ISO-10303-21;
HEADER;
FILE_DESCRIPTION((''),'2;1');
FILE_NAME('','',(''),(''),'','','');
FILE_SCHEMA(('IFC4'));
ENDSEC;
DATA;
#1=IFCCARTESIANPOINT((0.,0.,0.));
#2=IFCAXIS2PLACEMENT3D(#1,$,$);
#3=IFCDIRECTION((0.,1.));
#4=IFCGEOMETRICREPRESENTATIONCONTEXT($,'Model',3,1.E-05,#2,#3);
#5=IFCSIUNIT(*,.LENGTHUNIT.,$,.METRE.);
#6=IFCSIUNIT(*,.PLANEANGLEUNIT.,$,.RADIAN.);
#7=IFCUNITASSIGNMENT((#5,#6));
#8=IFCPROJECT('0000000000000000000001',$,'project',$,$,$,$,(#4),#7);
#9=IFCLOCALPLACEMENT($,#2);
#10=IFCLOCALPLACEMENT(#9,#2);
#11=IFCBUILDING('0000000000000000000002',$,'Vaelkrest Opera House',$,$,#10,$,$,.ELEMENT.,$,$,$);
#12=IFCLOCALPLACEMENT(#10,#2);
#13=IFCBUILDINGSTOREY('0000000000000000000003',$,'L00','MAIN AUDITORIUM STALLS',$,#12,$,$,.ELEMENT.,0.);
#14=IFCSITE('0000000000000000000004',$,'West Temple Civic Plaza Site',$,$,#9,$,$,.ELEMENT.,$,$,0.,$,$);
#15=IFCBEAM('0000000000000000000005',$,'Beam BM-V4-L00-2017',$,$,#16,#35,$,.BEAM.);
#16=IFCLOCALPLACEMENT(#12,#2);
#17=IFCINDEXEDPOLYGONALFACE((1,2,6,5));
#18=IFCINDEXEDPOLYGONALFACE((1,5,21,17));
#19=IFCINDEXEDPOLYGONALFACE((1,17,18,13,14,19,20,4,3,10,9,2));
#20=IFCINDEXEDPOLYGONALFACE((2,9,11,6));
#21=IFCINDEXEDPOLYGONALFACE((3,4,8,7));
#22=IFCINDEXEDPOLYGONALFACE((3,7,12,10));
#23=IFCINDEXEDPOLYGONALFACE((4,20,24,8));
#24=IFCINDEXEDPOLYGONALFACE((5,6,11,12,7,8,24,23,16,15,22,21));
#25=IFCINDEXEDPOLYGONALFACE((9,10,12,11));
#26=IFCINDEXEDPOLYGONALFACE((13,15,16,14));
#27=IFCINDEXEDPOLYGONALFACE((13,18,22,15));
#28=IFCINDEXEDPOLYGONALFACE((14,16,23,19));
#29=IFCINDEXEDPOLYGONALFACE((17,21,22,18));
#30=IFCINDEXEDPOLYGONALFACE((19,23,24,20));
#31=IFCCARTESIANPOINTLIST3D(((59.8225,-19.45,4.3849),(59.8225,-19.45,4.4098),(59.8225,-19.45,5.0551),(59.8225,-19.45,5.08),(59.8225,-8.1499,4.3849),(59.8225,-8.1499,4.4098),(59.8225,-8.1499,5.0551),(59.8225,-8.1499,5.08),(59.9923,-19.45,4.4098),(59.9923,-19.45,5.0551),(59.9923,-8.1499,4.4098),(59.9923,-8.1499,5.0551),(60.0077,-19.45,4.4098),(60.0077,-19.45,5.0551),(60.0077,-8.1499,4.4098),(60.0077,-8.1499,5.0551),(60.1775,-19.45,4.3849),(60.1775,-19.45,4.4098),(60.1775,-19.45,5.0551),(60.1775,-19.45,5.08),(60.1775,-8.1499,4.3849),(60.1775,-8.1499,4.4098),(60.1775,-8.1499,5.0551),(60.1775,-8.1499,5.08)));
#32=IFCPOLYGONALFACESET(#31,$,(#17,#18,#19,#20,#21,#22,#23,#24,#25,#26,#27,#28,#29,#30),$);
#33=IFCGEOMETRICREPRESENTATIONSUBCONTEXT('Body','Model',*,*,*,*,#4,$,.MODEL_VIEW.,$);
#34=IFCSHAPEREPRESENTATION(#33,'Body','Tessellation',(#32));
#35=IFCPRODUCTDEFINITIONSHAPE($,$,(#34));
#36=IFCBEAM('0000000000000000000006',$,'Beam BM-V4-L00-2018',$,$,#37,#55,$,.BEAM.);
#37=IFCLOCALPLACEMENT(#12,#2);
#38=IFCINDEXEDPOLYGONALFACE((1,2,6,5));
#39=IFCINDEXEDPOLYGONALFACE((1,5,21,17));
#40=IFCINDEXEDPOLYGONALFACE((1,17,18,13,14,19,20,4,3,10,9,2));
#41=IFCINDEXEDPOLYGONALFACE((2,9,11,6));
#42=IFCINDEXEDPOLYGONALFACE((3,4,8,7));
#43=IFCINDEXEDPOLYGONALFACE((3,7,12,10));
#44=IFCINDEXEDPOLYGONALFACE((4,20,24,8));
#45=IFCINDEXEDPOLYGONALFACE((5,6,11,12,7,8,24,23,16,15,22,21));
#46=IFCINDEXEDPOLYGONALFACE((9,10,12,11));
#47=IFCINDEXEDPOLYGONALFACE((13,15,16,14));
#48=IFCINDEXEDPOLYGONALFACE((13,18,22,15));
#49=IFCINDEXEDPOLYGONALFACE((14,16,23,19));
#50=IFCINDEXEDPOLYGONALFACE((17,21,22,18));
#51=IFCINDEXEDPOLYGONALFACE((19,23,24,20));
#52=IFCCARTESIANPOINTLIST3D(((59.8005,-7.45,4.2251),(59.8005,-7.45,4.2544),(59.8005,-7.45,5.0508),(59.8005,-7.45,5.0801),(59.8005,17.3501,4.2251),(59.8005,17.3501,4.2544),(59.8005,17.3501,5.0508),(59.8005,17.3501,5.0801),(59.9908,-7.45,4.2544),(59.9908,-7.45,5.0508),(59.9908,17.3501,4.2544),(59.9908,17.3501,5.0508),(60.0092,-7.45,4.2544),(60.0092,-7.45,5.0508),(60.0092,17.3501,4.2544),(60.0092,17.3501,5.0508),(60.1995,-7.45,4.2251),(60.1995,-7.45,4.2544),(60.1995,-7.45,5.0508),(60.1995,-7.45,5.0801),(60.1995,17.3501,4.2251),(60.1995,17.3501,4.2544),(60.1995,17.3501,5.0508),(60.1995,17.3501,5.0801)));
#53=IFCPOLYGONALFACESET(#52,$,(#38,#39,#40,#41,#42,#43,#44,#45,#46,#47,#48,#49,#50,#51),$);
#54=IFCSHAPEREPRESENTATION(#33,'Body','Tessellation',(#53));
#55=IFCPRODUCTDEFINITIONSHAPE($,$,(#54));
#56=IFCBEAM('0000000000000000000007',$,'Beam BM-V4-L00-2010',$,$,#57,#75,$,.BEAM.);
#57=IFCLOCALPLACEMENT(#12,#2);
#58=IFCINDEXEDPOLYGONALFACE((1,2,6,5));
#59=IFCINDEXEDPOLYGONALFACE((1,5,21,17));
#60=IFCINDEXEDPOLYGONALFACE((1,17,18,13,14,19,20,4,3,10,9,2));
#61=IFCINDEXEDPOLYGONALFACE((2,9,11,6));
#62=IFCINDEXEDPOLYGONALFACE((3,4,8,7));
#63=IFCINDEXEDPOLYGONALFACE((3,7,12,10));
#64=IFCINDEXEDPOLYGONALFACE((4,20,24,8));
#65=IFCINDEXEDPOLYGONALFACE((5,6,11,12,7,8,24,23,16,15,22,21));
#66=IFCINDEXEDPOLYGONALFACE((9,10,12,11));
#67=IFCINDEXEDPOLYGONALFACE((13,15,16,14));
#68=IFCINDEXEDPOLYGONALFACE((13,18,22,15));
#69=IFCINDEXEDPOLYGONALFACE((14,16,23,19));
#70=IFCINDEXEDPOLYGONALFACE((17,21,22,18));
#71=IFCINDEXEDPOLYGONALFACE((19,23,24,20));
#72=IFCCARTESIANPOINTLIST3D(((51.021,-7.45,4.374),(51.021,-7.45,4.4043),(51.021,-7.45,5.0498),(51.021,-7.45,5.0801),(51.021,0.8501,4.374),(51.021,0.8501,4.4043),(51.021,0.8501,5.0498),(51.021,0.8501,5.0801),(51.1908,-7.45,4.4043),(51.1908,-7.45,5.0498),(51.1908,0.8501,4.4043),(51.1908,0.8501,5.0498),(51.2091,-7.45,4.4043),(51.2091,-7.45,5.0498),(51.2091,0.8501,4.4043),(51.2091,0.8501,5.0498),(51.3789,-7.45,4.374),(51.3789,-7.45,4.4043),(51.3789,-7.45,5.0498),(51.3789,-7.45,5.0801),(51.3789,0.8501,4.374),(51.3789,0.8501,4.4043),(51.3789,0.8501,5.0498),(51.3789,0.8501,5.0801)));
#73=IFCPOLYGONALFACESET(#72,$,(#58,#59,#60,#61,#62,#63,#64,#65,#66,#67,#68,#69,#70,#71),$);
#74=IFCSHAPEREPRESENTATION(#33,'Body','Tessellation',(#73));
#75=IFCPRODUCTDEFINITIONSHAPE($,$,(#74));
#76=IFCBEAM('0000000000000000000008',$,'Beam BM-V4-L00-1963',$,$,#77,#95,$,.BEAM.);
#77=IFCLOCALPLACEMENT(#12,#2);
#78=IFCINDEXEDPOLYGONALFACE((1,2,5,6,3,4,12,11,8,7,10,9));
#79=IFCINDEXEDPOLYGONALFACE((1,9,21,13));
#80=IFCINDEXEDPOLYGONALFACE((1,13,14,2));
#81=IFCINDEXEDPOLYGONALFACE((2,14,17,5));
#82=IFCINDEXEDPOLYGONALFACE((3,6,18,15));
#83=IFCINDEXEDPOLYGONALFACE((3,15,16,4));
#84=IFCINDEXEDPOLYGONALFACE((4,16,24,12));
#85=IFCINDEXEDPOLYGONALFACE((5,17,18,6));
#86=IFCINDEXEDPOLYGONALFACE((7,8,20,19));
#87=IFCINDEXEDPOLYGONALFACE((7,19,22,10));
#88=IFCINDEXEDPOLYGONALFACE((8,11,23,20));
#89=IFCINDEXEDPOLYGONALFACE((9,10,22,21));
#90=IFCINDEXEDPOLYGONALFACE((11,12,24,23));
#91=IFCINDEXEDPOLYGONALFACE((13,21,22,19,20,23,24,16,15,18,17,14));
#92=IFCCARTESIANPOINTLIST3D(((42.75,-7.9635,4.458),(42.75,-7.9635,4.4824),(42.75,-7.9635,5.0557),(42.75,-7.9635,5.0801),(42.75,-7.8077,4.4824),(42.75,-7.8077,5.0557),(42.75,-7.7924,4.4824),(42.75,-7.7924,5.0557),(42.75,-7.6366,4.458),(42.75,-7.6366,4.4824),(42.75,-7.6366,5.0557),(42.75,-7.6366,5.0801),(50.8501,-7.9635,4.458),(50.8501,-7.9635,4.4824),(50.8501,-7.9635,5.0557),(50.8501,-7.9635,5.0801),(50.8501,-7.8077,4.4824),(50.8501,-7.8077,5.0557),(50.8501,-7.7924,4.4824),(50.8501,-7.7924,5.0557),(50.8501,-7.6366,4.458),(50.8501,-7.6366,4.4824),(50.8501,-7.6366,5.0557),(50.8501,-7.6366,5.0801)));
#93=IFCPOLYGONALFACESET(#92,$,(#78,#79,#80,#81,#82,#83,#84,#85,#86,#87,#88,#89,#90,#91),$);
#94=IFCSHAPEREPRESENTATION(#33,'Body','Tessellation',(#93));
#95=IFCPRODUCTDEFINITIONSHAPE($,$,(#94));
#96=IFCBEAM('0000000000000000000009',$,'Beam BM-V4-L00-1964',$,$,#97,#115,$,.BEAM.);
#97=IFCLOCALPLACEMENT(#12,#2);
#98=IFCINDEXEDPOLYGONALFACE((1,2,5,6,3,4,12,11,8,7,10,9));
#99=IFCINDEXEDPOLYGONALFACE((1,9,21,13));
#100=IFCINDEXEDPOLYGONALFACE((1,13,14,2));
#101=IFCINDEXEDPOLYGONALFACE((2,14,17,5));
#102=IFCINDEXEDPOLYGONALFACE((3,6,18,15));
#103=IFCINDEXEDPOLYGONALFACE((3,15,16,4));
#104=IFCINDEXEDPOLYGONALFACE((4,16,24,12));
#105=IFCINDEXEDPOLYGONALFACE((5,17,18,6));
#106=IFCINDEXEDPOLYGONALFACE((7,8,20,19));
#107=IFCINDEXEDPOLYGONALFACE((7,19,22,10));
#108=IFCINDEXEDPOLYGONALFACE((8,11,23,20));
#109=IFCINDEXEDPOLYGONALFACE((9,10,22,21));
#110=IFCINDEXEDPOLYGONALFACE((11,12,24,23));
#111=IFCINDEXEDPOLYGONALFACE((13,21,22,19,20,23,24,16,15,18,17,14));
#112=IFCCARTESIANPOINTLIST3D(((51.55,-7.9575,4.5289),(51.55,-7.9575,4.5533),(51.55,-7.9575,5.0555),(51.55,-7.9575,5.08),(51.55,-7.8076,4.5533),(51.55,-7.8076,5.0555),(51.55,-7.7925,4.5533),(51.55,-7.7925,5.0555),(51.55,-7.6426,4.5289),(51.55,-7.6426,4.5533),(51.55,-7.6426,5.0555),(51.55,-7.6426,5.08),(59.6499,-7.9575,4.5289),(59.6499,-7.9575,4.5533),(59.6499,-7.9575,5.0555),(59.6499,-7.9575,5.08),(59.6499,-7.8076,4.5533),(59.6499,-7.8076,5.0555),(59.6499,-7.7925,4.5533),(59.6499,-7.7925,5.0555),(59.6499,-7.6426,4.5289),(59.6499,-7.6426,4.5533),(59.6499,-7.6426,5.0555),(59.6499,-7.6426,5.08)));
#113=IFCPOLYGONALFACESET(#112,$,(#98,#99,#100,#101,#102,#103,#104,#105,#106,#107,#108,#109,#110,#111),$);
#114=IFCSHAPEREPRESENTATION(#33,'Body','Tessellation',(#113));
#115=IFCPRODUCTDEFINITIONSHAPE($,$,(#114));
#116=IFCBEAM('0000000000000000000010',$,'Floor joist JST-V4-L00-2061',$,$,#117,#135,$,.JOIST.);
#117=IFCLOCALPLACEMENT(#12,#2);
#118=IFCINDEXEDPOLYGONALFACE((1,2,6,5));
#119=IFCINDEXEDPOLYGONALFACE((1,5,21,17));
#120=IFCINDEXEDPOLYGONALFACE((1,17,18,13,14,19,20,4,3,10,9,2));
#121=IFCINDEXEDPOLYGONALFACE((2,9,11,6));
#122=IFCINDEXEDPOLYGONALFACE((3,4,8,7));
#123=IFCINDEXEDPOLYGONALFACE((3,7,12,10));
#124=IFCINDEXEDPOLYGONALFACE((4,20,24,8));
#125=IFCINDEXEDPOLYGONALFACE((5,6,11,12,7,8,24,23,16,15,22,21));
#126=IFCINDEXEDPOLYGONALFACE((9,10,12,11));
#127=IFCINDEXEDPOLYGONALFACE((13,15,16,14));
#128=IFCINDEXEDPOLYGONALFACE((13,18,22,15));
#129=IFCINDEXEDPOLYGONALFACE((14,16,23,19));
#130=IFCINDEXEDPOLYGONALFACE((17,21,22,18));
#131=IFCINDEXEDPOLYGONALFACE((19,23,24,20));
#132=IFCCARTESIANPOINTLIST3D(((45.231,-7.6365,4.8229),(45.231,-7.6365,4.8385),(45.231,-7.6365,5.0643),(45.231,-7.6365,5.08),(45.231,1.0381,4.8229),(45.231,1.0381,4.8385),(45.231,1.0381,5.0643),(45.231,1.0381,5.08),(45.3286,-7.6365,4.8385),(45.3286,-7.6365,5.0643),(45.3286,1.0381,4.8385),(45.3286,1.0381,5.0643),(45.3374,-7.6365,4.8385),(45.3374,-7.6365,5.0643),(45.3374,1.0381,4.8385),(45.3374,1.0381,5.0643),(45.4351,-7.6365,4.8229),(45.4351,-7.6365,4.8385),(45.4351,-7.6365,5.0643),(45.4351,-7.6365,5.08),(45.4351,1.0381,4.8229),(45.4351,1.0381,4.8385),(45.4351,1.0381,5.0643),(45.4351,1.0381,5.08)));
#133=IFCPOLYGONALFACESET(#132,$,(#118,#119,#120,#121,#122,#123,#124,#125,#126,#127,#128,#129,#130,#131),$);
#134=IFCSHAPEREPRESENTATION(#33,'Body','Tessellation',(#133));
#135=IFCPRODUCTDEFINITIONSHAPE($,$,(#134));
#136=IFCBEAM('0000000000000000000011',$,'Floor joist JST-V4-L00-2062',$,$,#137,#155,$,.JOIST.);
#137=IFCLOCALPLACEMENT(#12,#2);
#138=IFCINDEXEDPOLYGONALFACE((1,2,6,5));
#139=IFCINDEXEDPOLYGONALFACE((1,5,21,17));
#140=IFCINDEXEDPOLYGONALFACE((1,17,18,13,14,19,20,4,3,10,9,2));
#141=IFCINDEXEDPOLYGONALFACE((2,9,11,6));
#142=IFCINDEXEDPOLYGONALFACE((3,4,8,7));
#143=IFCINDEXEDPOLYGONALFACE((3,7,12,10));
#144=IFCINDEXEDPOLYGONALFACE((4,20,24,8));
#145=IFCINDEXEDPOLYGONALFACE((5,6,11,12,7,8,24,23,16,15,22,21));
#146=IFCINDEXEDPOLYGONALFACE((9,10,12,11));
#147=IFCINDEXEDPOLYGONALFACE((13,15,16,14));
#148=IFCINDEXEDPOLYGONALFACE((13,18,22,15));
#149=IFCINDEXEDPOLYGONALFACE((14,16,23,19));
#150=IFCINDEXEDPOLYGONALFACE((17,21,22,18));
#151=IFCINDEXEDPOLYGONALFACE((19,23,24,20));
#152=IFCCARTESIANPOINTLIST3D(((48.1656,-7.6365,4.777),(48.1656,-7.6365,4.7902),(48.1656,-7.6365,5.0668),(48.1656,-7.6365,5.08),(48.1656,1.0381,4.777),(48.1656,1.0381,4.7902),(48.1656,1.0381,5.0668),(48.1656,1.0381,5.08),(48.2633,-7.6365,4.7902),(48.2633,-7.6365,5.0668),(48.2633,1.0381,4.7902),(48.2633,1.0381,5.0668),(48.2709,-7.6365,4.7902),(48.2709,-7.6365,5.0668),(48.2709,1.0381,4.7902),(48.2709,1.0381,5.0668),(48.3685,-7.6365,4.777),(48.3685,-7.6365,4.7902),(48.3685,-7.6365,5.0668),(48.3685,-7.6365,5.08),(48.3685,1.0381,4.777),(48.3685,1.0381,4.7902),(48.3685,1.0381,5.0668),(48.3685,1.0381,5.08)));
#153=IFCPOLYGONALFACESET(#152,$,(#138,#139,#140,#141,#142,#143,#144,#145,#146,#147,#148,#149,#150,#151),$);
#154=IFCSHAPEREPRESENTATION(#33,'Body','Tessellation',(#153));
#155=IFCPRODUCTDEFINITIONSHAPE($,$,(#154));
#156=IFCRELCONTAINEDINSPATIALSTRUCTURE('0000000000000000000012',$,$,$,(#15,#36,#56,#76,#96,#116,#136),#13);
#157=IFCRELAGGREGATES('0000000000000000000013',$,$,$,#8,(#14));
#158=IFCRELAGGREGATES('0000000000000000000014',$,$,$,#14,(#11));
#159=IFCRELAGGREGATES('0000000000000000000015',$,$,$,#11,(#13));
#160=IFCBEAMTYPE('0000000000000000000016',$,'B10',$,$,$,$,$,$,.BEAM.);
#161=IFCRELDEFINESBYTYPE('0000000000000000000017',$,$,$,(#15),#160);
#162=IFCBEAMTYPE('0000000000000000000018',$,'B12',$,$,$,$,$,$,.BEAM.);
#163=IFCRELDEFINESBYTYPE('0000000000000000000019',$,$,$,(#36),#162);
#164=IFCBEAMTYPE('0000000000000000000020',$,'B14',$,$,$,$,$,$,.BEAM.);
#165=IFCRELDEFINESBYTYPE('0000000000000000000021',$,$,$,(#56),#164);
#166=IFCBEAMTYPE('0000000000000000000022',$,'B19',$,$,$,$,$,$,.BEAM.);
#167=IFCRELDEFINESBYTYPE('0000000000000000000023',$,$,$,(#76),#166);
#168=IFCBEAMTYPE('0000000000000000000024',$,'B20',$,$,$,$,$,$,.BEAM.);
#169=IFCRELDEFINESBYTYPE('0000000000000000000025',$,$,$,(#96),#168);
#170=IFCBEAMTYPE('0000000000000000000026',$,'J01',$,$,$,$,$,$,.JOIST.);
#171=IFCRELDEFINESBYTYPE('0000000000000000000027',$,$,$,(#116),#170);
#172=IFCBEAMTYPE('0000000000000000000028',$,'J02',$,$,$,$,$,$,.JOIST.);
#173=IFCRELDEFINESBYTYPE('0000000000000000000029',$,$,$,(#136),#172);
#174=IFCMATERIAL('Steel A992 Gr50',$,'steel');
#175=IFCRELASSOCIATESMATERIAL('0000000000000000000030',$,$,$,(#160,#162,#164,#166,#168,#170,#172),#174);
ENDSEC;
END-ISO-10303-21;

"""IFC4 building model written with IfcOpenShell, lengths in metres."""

from ifc_helpers import new_model, si_unit, direction, frame, origin, origin_2d, place, context, subcontext, project, spatial, i_section, extrude, material, material_profile, profile_set, type_object, element, save


model = new_model("IFC4")

# Units and contexts
model_context = context("Model", 3, precision=1e-05, world=origin(), true_north=direction((0.0, 1.0)))
body_context = subcontext(model_context, "Body", "Model", "MODEL_VIEW")
ifc_project = project(units=[si_unit("LENGTHUNIT", "METRE"), si_unit("PLANEANGLEUNIT", "RADIAN")], contexts=[model_context])

# Site, building, storey
site_placement = place(None, origin())
site = spatial("IfcSite", under=ifc_project, at=site_placement, Name="West Temple Civic Plaza Site", CompositionType="ELEMENT", RefElevation=0.0)
building_placement = place(site_placement, origin())
building = spatial("IfcBuilding", under=site, at=building_placement, Name="Vaelkrest Opera House", CompositionType="ELEMENT")
storey_placement = place(building_placement, origin())
storey = spatial("IfcBuildingStorey", under=building, at=storey_placement, Name="L00", Description="MAIN AUDITORIUM STALLS", CompositionType="ELEMENT", Elevation=0.0)

# Beams
ifc_material_1 = material(Name="Steel A992 Gr50", Category="steel")
ifc_material_profile_1 = material_profile(ifc_material_1, i_section(OverallWidth=0.355, OverallDepth=0.6951, WebThickness=0.0154, FlangeThickness=0.0249, at=origin_2d()), Name="W27X146")
ifc_profile_set_1 = profile_set([ifc_material_profile_1], Name="Steel A992 Gr50")
beam_type_1 = type_object("IfcBeamType", Name="B10", PredefinedType="BEAM", material=ifc_profile_set_1)
for number, where, z_axis, x_axis, name in (
    (1, (60.0, -19.45, 4.7324), (0.0, 1.0, 0.0), (-1.0, 0.0, 0.0), "Beam BM-V4-L00-2017"),
):
    element("IfcBeam", number, at=place(storey_placement, frame(where, z_axis=z_axis, x_axis=x_axis)), inside=storey, type_object=beam_type_1, Name=name, PredefinedType="BEAM", context=body_context, shape_type="SweptSolid", body=[
        extrude(i_section(OverallWidth=0.355, OverallDepth=0.6951, WebThickness=0.0154, FlangeThickness=0.0249, at=origin_2d()), origin(), (0.0, 0.0, 1.0), 11.3),
    ])
ifc_material_profile_2 = material_profile(ifc_material_1, i_section(OverallWidth=0.3989, OverallDepth=0.855, WebThickness=0.0183, FlangeThickness=0.0293, at=origin_2d()), Name="W33X201")
ifc_profile_set_2 = profile_set([ifc_material_profile_2], Name="Steel A992 Gr50")
beam_type_2 = type_object("IfcBeamType", Name="B12", PredefinedType="BEAM", material=ifc_profile_set_2)
beam_1_placement = place(storey_placement, frame((60.0, -7.45, 4.6526), z_axis=(0.0, 1.0, 0.0), x_axis=(-1.0, 0.0, 0.0)))
element("IfcBeam", 2, at=beam_1_placement, inside=storey, type_object=beam_type_2, Name="Beam BM-V4-L00-2018", PredefinedType="BEAM", context=body_context, shape_type="SweptSolid", body=[
    extrude(i_section(OverallWidth=0.3989, OverallDepth=0.855, WebThickness=0.0183, FlangeThickness=0.0293, at=origin_2d()), origin(), (0.0, 0.0, 1.0), 24.8),
])
ifc_material_profile_3 = material_profile(ifc_material_1, i_section(OverallWidth=0.3579, OverallDepth=0.7061, WebThickness=0.0183, FlangeThickness=0.0303, at=origin_2d()), Name="W27X178")
ifc_profile_set_3 = profile_set([ifc_material_profile_3], Name="Steel A992 Gr50")
beam_type_3 = type_object("IfcBeamType", Name="B14", PredefinedType="BEAM", material=ifc_profile_set_3)
beam_2_placement = place(storey_placement, frame((51.2, -7.45, 4.7271), z_axis=(0.0, 1.0, 0.0), x_axis=(-1.0, 0.0, 0.0)))
element("IfcBeam", 3, at=beam_2_placement, inside=storey, type_object=beam_type_3, Name="Beam BM-V4-L00-2010", PredefinedType="BEAM", context=body_context, shape_type="SweptSolid", body=[
    extrude(i_section(OverallWidth=0.3579, OverallDepth=0.7061, WebThickness=0.0183, FlangeThickness=0.0303, at=origin_2d()), origin(), (0.0, 0.0, 1.0), 8.3),
])
ifc_material_profile_4 = material_profile(ifc_material_1, i_section(OverallWidth=0.3269, OverallDepth=0.6221, WebThickness=0.0154, FlangeThickness=0.0244, at=origin_2d()), Name="W24X131")
ifc_profile_set_4 = profile_set([ifc_material_profile_4], Name="Steel A992 Gr50")
beam_type_4 = type_object("IfcBeamType", Name="B19", PredefinedType="BEAM", material=ifc_profile_set_4)
beam_3_placement = place(storey_placement, frame((42.75, -7.8, 4.769), z_axis=(1.0, 0.0, 0.0), x_axis=(0.0, 1.0, 0.0)))
element("IfcBeam", 4, at=beam_3_placement, inside=storey, type_object=beam_type_4, Name="Beam BM-V4-L00-1963", PredefinedType="BEAM", context=body_context, shape_type="SweptSolid", body=[
    extrude(i_section(OverallWidth=0.3269, OverallDepth=0.6221, WebThickness=0.0154, FlangeThickness=0.0244, at=origin_2d()), origin(), (0.0, 0.0, 1.0), 8.1001),
])
ifc_material_profile_5 = material_profile(ifc_material_1, i_section(OverallWidth=0.3149, OverallDepth=0.551, WebThickness=0.0151, FlangeThickness=0.0244, at=origin_2d()), Name="W21X122")
ifc_profile_set_5 = profile_set([ifc_material_profile_5], Name="Steel A992 Gr50")
beam_type_5 = type_object("IfcBeamType", Name="B20", PredefinedType="BEAM", material=ifc_profile_set_5)
beam_4_placement = place(storey_placement, frame((51.55, -7.8, 4.8044), z_axis=(1.0, 0.0, 0.0), x_axis=(0.0, 1.0, 0.0)))
element("IfcBeam", 5, at=beam_4_placement, inside=storey, type_object=beam_type_5, Name="Beam BM-V4-L00-1964", PredefinedType="BEAM", context=body_context, shape_type="SweptSolid", body=[
    extrude(i_section(OverallWidth=0.3149, OverallDepth=0.551, WebThickness=0.0151, FlangeThickness=0.0244, at=origin_2d()), origin(), (0.0, 0.0, 1.0), 8.0999),
])
ifc_material_profile_6 = material_profile(ifc_material_1, i_section(OverallWidth=0.2041, OverallDepth=0.2571, WebThickness=0.0088, FlangeThickness=0.0156, at=origin_2d()), Name="W10X45")
ifc_profile_set_6 = profile_set([ifc_material_profile_6], Name="Steel A992 Gr50")
beam_type_6 = type_object("IfcBeamType", Name="J01", PredefinedType="JOIST", material=ifc_profile_set_6)
beam_5_placement = place(storey_placement, frame((45.333, -7.6365, 4.9514), z_axis=(0.0, 1.0, 0.0), x_axis=(-1.0, 0.0, 0.0)))
element("IfcBeam", 6, at=beam_5_placement, inside=storey, type_object=beam_type_6, Name="Floor joist JST-V4-L00-2061", PredefinedType="JOIST", context=body_context, shape_type="SweptSolid", body=[
    extrude(i_section(OverallWidth=0.2041, OverallDepth=0.2571, WebThickness=0.0088, FlangeThickness=0.0156, at=origin_2d()), origin(), (0.0, 0.0, 1.0), 8.6746),
])
ifc_material_profile_7 = material_profile(ifc_material_1, i_section(OverallWidth=0.2029, OverallDepth=0.303, WebThickness=0.0076, FlangeThickness=0.0132, at=origin_2d()), Name="W12X40")
ifc_profile_set_7 = profile_set([ifc_material_profile_7], Name="Steel A992 Gr50")
beam_type_7 = type_object("IfcBeamType", Name="J02", PredefinedType="JOIST", material=ifc_profile_set_7)
beam_6_placement = place(storey_placement, frame((48.2671, -7.6365, 4.9285), z_axis=(0.0, 1.0, 0.0), x_axis=(-1.0, 0.0, 0.0)))
element("IfcBeam", 7, at=beam_6_placement, inside=storey, type_object=beam_type_7, Name="Floor joist JST-V4-L00-2062", PredefinedType="JOIST", context=body_context, shape_type="SweptSolid", body=[
    extrude(i_section(OverallWidth=0.2029, OverallDepth=0.303, WebThickness=0.0076, FlangeThickness=0.0132, at=origin_2d()), origin(), (0.0, 0.0, 1.0), 8.6746),
])

save(model, "model.ifc")
